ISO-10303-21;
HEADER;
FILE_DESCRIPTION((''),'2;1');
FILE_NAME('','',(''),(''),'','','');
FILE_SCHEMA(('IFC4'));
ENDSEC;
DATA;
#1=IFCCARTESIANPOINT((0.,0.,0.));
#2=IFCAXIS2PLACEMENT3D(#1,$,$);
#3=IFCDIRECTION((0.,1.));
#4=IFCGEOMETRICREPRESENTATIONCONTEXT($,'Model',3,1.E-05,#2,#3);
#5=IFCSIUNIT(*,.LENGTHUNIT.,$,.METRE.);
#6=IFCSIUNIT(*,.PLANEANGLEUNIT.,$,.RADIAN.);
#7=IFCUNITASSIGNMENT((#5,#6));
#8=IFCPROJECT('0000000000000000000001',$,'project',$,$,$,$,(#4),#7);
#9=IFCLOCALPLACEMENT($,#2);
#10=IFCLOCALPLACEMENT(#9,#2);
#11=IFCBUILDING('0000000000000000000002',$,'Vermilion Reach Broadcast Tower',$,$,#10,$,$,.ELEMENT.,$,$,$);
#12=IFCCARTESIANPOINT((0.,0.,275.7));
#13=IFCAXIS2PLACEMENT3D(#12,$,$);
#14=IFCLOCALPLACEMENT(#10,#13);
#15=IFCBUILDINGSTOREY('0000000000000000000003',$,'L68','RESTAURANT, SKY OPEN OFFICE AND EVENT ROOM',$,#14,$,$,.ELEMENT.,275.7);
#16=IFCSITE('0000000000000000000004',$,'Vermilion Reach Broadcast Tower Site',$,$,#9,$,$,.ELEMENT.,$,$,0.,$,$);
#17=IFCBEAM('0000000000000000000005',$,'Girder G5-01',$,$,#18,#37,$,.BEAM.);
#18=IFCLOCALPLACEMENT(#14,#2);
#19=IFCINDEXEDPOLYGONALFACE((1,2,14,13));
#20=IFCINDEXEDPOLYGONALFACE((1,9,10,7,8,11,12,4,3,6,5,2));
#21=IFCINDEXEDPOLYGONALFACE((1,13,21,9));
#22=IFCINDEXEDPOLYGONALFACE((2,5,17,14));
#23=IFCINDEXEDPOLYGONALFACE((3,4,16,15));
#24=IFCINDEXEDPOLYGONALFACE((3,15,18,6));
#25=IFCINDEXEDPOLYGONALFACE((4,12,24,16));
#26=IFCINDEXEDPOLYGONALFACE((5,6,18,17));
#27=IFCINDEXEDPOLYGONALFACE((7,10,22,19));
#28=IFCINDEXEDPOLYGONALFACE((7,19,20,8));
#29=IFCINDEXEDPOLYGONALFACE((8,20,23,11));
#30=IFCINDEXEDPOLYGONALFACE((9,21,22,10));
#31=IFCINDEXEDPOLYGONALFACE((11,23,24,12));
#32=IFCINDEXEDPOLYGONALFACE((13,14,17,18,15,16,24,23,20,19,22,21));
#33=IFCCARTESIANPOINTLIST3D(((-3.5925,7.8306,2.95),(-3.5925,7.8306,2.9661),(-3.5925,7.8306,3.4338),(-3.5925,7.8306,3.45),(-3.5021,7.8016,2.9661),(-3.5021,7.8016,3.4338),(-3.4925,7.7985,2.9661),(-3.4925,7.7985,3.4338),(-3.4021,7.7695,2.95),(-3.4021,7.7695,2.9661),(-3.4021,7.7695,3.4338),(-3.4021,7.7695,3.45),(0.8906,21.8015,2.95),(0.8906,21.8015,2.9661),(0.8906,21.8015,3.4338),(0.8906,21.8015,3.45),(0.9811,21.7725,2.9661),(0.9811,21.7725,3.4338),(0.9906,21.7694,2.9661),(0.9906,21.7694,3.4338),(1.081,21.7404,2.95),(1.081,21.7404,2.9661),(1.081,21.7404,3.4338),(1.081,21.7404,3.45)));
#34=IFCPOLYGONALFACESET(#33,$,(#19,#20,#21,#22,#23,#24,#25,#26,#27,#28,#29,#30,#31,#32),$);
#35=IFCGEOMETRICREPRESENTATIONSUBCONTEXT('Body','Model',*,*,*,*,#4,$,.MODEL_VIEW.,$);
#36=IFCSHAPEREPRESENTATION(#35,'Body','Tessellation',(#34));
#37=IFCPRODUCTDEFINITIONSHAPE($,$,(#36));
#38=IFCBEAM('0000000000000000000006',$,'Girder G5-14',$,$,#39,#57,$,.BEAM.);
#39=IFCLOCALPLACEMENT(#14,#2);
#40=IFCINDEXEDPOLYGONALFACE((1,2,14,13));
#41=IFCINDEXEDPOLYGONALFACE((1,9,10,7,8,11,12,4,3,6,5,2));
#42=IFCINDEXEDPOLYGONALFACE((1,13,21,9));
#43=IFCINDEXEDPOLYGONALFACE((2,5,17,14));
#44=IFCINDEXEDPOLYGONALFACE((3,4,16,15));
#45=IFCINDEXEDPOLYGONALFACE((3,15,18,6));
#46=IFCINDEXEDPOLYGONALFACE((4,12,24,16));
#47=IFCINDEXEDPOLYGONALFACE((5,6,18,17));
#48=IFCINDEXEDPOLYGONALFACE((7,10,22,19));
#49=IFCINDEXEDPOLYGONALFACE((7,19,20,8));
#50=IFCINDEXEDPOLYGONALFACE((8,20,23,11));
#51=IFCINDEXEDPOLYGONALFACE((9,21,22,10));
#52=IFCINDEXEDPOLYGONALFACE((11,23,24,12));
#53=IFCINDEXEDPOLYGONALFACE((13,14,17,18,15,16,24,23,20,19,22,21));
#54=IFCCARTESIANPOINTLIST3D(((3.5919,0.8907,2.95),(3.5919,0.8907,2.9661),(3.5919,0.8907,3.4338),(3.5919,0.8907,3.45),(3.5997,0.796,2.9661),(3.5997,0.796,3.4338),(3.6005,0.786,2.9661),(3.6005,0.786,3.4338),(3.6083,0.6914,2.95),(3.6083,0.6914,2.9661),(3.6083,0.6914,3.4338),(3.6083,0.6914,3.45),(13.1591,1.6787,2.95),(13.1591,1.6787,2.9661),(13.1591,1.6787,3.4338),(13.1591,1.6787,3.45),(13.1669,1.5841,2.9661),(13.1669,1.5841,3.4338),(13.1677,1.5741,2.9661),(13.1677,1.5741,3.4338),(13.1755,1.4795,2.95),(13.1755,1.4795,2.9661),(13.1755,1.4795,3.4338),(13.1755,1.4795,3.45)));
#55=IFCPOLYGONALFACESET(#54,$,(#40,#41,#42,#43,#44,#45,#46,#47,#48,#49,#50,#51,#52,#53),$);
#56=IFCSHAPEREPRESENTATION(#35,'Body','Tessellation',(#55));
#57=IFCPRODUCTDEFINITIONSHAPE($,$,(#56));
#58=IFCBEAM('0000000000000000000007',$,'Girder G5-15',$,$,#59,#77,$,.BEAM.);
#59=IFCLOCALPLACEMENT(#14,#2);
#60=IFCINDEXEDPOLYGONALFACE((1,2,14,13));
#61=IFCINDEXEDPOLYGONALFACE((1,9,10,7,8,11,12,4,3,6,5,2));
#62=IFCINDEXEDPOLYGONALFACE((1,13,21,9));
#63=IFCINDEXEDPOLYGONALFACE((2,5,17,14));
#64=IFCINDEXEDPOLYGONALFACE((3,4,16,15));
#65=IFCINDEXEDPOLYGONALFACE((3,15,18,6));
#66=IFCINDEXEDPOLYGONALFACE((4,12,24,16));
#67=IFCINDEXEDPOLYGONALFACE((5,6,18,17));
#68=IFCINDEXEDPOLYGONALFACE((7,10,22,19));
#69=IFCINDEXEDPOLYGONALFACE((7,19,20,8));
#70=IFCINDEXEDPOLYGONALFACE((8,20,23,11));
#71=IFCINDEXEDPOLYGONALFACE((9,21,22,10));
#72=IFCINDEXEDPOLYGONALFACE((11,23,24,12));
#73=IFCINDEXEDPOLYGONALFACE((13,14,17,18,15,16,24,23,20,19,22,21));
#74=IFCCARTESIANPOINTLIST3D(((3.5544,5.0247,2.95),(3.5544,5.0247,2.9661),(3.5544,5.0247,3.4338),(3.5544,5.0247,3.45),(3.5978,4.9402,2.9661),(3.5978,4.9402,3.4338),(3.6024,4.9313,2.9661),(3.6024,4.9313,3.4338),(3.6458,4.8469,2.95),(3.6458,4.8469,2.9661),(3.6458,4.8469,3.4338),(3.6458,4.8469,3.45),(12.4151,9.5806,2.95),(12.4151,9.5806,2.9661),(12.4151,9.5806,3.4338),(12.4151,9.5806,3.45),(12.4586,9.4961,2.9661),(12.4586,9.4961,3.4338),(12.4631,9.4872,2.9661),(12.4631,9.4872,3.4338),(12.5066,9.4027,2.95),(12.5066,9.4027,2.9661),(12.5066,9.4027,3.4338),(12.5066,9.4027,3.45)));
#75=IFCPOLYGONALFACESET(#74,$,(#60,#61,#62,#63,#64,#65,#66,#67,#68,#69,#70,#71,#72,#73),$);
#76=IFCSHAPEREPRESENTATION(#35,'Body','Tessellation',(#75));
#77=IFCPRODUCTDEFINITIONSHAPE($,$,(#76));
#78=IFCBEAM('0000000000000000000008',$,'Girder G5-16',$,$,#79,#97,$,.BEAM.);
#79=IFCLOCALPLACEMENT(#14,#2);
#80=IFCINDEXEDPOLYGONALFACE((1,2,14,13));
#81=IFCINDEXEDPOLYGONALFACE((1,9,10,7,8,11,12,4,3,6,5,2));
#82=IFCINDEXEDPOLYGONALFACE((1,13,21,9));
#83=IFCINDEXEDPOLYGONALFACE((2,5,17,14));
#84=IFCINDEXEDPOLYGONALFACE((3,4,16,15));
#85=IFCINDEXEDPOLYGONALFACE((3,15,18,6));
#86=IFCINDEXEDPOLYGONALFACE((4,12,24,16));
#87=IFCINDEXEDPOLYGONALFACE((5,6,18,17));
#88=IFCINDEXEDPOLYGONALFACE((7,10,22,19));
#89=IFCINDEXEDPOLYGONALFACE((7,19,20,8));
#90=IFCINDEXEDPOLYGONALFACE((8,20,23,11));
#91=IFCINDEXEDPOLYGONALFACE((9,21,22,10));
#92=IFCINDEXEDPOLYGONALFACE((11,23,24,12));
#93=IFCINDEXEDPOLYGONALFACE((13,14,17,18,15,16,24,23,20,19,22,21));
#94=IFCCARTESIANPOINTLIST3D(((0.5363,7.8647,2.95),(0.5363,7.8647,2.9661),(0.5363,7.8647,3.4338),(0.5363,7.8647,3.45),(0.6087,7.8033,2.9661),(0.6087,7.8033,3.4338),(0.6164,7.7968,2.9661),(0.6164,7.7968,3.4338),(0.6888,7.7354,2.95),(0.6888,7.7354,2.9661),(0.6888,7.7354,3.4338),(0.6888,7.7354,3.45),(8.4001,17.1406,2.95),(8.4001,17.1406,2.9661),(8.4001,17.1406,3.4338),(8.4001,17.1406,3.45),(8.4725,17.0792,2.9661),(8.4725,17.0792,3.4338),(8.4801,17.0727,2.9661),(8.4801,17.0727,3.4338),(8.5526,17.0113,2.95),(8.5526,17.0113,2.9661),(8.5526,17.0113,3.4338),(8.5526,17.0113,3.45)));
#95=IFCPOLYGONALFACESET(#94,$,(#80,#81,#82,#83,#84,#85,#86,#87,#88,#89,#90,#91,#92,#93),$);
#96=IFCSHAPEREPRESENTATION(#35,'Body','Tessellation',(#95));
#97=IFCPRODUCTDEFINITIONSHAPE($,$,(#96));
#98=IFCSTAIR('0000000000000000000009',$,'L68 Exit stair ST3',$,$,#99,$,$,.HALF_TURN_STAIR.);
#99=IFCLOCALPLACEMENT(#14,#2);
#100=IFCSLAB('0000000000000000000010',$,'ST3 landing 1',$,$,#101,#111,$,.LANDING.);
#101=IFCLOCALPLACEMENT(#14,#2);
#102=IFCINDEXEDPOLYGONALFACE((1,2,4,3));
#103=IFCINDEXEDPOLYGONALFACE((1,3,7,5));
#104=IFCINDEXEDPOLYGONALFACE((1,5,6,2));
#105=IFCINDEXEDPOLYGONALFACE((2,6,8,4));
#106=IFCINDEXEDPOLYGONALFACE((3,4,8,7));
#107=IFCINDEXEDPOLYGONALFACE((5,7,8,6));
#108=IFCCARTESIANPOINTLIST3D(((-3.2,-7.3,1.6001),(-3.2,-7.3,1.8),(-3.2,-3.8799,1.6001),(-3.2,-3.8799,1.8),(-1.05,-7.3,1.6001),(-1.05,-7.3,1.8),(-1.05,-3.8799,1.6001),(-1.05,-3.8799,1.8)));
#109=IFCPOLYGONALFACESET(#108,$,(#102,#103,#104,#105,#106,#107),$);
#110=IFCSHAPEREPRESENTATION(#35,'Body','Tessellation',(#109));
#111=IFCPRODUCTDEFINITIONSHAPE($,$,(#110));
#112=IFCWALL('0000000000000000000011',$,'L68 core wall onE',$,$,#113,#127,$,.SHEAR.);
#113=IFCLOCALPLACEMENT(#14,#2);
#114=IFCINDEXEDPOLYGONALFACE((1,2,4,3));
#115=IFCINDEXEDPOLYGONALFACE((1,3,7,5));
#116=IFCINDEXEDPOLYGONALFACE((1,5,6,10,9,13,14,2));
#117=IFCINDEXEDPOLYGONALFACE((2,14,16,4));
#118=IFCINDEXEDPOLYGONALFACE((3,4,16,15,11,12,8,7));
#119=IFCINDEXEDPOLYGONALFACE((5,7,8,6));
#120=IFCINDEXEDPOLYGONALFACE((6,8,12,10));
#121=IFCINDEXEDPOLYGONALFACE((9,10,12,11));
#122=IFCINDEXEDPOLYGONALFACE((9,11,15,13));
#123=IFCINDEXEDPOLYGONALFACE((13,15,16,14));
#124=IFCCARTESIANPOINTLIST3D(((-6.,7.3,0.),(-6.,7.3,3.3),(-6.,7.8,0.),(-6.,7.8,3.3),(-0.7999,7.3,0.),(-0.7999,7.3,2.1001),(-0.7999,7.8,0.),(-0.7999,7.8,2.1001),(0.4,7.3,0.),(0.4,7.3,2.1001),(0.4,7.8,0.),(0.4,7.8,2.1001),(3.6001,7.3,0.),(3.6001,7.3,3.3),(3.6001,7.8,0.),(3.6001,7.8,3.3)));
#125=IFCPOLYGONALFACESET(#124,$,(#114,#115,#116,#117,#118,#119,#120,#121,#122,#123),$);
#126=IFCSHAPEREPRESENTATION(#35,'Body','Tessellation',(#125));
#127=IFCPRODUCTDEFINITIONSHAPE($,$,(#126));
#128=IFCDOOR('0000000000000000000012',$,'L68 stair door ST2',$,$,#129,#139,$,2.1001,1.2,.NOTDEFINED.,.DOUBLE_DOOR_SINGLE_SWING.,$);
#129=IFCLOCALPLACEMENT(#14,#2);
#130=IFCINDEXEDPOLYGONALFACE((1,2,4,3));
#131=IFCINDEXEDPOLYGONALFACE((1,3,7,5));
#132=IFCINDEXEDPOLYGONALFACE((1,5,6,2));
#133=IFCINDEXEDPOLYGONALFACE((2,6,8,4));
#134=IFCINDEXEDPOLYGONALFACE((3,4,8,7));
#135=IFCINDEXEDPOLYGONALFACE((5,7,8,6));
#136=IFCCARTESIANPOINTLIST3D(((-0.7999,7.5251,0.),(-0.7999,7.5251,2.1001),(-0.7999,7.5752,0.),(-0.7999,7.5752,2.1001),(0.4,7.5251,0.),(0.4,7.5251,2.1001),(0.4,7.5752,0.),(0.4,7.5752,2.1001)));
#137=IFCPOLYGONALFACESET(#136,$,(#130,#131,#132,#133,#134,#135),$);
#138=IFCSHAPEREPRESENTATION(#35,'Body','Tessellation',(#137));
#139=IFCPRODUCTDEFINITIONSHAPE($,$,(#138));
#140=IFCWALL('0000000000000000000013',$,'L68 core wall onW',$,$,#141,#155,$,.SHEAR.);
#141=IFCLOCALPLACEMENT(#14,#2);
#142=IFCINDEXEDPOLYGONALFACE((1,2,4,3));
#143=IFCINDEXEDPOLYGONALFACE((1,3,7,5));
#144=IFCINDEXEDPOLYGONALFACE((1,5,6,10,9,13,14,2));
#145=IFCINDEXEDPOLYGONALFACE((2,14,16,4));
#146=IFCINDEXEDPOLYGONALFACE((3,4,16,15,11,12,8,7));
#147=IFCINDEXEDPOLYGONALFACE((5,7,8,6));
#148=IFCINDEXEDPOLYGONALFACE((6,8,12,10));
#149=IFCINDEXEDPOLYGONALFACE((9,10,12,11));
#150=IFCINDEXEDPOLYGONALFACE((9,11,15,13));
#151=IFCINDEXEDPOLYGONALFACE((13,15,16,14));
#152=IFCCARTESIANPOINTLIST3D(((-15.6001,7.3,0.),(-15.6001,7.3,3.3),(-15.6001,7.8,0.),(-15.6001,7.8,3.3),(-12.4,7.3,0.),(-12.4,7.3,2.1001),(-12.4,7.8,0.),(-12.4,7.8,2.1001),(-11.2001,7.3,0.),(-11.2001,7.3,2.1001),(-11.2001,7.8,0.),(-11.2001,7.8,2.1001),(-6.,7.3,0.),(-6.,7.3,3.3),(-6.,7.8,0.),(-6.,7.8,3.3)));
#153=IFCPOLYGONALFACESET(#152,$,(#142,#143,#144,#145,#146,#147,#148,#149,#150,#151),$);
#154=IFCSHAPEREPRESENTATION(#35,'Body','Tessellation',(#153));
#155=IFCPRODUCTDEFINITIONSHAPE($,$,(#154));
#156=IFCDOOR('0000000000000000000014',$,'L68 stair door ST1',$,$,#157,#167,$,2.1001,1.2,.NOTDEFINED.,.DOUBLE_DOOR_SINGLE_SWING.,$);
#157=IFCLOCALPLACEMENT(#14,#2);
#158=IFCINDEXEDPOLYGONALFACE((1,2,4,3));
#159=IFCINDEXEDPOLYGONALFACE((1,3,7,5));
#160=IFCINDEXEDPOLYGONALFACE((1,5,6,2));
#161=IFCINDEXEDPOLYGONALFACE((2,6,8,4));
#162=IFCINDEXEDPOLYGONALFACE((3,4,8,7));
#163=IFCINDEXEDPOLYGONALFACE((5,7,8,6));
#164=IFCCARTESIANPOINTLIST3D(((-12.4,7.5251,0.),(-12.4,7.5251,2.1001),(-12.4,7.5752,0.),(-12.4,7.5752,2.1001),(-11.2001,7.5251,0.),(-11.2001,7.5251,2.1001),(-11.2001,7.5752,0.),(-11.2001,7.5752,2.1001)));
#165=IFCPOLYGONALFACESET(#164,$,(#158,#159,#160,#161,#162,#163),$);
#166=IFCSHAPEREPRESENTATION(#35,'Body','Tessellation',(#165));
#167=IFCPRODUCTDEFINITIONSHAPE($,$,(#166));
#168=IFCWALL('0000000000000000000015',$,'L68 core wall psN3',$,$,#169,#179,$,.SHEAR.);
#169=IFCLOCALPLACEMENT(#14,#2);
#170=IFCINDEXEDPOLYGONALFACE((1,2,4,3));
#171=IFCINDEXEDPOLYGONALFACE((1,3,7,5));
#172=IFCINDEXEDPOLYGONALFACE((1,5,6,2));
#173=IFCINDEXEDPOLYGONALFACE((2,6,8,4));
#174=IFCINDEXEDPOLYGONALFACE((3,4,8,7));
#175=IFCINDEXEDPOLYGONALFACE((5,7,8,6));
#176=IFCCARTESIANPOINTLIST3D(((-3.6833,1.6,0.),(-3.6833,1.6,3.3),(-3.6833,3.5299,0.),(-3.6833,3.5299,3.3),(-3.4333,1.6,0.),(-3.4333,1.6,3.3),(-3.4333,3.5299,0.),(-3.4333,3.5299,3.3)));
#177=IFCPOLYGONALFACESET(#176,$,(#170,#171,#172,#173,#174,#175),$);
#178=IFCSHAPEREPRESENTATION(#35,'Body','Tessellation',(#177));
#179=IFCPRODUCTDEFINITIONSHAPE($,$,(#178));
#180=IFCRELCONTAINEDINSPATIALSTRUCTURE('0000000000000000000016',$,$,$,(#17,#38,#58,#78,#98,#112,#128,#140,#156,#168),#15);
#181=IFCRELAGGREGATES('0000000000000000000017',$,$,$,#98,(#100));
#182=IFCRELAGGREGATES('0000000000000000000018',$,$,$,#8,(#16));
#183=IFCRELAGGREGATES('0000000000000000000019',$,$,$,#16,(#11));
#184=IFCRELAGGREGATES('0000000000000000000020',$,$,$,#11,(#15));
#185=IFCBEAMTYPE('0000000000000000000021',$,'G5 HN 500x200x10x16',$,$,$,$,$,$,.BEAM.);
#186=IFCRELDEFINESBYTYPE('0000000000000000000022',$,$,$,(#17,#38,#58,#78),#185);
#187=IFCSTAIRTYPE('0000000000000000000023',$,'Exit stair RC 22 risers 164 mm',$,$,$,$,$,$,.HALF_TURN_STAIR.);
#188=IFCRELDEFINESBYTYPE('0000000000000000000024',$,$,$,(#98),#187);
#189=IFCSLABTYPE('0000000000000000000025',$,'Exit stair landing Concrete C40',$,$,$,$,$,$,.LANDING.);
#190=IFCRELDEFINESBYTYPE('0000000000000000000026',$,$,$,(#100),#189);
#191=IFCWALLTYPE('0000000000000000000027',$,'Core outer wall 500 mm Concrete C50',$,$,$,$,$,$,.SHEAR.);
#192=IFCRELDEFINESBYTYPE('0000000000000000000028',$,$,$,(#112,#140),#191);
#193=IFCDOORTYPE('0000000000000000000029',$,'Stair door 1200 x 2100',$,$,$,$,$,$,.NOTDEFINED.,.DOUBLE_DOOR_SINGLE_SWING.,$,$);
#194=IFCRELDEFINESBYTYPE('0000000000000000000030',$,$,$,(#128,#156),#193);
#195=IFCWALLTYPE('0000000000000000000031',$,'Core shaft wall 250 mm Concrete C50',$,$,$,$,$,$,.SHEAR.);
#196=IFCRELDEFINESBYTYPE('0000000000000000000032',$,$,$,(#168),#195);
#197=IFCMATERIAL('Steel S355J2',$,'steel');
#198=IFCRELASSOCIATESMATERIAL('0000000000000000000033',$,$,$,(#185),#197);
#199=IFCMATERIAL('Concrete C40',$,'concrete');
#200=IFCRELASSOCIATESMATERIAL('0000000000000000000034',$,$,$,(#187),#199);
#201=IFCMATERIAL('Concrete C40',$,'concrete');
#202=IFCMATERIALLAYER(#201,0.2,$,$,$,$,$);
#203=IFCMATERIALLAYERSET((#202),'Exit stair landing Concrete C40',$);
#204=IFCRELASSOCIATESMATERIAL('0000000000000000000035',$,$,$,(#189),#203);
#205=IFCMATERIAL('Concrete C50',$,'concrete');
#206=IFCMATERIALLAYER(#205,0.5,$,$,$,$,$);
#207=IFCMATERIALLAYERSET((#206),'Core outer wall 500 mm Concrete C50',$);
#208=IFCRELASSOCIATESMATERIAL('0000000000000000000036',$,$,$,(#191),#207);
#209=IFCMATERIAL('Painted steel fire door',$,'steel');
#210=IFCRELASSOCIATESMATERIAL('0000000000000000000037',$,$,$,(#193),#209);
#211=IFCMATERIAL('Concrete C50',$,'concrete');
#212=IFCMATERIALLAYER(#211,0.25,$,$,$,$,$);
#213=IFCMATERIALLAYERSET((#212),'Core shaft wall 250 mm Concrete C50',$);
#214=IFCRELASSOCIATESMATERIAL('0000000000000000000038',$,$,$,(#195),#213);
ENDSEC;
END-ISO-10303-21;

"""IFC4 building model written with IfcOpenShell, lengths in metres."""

from ifc_helpers import new_model, si_unit, direction, frame, frame_2d, origin, origin_2d, place, context, subcontext, project, spatial, polyline, rectangle, i_section, outline, extrude, material, layer, layer_set, material_profile, profile_set, type_object, element, fill, aggregate, save


model = new_model("IFC4")

# Units and contexts
model_context = context("Model", 3, precision=1e-05, world=origin(), true_north=direction((0.0, 1.0)))
body_context = subcontext(model_context, "Body", "Model", "MODEL_VIEW")
ifc_project = project(units=[si_unit("LENGTHUNIT", "METRE"), si_unit("PLANEANGLEUNIT", "RADIAN")], contexts=[model_context])

# Site, building, storey
site_placement = place(None, origin())
site = spatial("IfcSite", under=ifc_project, at=site_placement, Name="Vermilion Reach Broadcast Tower Site", CompositionType="ELEMENT", RefElevation=0.0)
building_placement = place(site_placement, origin())
building = spatial("IfcBuilding", under=site, at=building_placement, Name="Vermilion Reach Broadcast Tower", CompositionType="ELEMENT")
storey_placement = place(building_placement, frame((0.0, 0.0, 275.7)))
storey = spatial("IfcBuildingStorey", under=building, at=storey_placement, Name="L68", Description="RESTAURANT, SKY OPEN OFFICE AND EVENT ROOM", CompositionType="ELEMENT", Elevation=275.7)

# Beams
ifc_material_1 = material(Name="Steel S355J2", Category="steel")
ifc_material_profile = material_profile(ifc_material_1, i_section(OverallWidth=0.2, OverallDepth=0.5, WebThickness=0.01, FlangeThickness=0.0161, at=origin_2d()), Name="S355J2 HN 500x200x10x16")
ifc_profile_set = profile_set([ifc_material_profile], Name="Steel S355J2")
beam_type = type_object("IfcBeamType", Name="G5 HN 500x200x10x16", PredefinedType="BEAM", material=ifc_profile_set)
beam_1_placement = place(storey_placement, frame((-3.4973, 7.8, 3.2), z_axis=(0.305545, 0.952178, 0.0), x_axis=(-0.952178, 0.305545, 0.0)))
element("IfcBeam", 1, at=beam_1_placement, inside=storey, type_object=beam_type, Name="Girder G5-01", PredefinedType="BEAM", context=body_context, shape_type="SweptSolid", body=[
    extrude(i_section(OverallWidth=0.2, OverallDepth=0.5, WebThickness=0.01, FlangeThickness=0.0161, at=origin_2d()), origin(), (0.0, 0.0, 1.0), 14.6726),
])
beam_2_placement = place(storey_placement, frame((3.6001, 0.791, 3.2), z_axis=(0.996624, 0.082096, 0.0), x_axis=(-0.082096, 0.996624, 0.0)))
element("IfcBeam", 2, at=beam_2_placement, inside=storey, type_object=beam_type, Name="Girder G5-14", PredefinedType="BEAM", context=body_context, shape_type="SweptSolid", body=[
    extrude(i_section(OverallWidth=0.2, OverallDepth=0.5, WebThickness=0.01, FlangeThickness=0.0161, at=origin_2d()), origin(), (0.0, 0.0, 1.0), 9.5996),
])
beam_3_placement = place(storey_placement, frame((3.6001, 4.9358, 3.2), z_axis=(0.889333, 0.457261, 0.0), x_axis=(-0.457261, 0.889333, 0.0)))
element("IfcBeam", 3, at=beam_3_placement, inside=storey, type_object=beam_type, Name="Girder G5-15", PredefinedType="BEAM", context=body_context, shape_type="SweptSolid", body=[
    extrude(i_section(OverallWidth=0.2, OverallDepth=0.5, WebThickness=0.01, FlangeThickness=0.0161, at=origin_2d()), origin(), (0.0, 0.0, 1.0), 9.9634),
])
beam_4_placement = place(storey_placement, frame((0.6125, 7.8, 3.2), z_axis=(0.646658, 0.76278, 0.0), x_axis=(-0.76278, 0.646658, 0.0)))
element("IfcBeam", 4, at=beam_4_placement, inside=storey, type_object=beam_type, Name="Girder G5-16", PredefinedType="BEAM", context=body_context, shape_type="SweptSolid", body=[
    extrude(i_section(OverallWidth=0.2, OverallDepth=0.5, WebThickness=0.01, FlangeThickness=0.0161, at=origin_2d()), origin(), (0.0, 0.0, 1.0), 12.1606),
])

# Stair, slab
ifc_material_2 = material(Name="Concrete C40", Category="concrete")
stair_type = type_object("IfcStairType", Name="Exit stair RC 22 risers 164 mm", PredefinedType="HALF_TURN_STAIR", material=ifc_material_2)
placement = place(storey_placement, origin())
stair_1 = element("IfcStair", 5, at=placement, inside=storey, type_object=stair_type, Name="L68 Exit stair ST3", PredefinedType="HALF_TURN_STAIR")
ifc_material_3 = material(Name="Concrete C40", Category="concrete")
ifc_layer_1 = layer(ifc_material_3, 0.2)
ifc_layer_set_1 = layer_set([ifc_layer_1], Name="Exit stair landing Concrete C40")
slab_type = type_object("IfcSlabType", Name="Exit stair landing Concrete C40", PredefinedType="LANDING", material=ifc_layer_set_1)
slab_placement = place(storey_placement, frame((0.0, 0.0, 1.6001)))
slab = element("IfcSlab", 6, at=slab_placement, type_object=slab_type, Name="ST3 landing 1", PredefinedType="LANDING", context=body_context, shape_type="SweptSolid", body=[
    extrude(outline(polyline([(-3.2, -7.3), (-1.05, -7.3), (-1.05, -3.8799), (-3.2, -3.8799), (-3.2, -7.3)])), origin(), (0.0, 0.0, 1.0), 0.2),
])
aggregate(stair_1, [slab])

# Walls, openings, doors
ifc_material_4 = material(Name="Concrete C50", Category="concrete")
ifc_layer_2 = layer(ifc_material_4, 0.5)
ifc_layer_set_2 = layer_set([ifc_layer_2], Name="Core outer wall 500 mm Concrete C50")
wall_type_1 = type_object("IfcWallType", Name="Core outer wall 500 mm Concrete C50", PredefinedType="SHEAR", material=ifc_layer_set_2)
wall_1_placement = place(storey_placement, frame((3.6001, 7.55, 0.0), z_axis=(0.0, 0.0, 1.0), x_axis=(-1.0, 0.0, 0.0)))
wall_1 = element("IfcWall", 7, at=wall_1_placement, inside=storey, type_object=wall_type_1, Name="L68 core wall onE", PredefinedType="SHEAR", context=body_context, shape_type="SweptSolid", body=[
    extrude(rectangle(XDim=9.6001, YDim=0.5, at=frame_2d((4.8, 0.0))), origin(), (0.0, 0.0, 1.0), 3.3),
])
opening_1_placement = place(wall_1_placement, frame((3.2, 0.0, 0.0)))
opening_1 = element("IfcOpeningElement", 8, at=opening_1_placement, cuts=wall_1, PredefinedType="OPENING", context=body_context, shape_type="SweptSolid", body=[
    extrude(rectangle(XDim=1.2, YDim=2.1001, at=frame_2d((0.6001, 1.05))), frame((0.0, 0.26, 0.0), z_axis=(0.0, -1.0, 0.0), x_axis=(1.0, 0.0, 0.0)), (0.0, 0.0, 1.0), 0.52),
])
ifc_material_5 = material(Name="Painted steel fire door", Category="steel")
door_type = type_object("IfcDoorType", Name="Stair door 1200 x 2100", OperationType="DOUBLE_DOOR_SINGLE_SWING", PredefinedType="NOTDEFINED", material=ifc_material_5)
door_1_placement = place(opening_1_placement, origin())
door_1 = element("IfcDoor", 9, at=door_1_placement, inside=storey, type_object=door_type, Name="L68 stair door ST2", OperationType="DOUBLE_DOOR_SINGLE_SWING", OverallHeight=2.1001, OverallWidth=1.2, PredefinedType="NOTDEFINED", context=body_context, shape_type="SweptSolid", body=[
    extrude(rectangle(XDim=1.2, YDim=2.1001, at=frame_2d((0.6001, 1.05))), frame((0.0, 0.0249, 0.0), z_axis=(0.0, -1.0, 0.0), x_axis=(1.0, 0.0, 0.0)), (0.0, 0.0, 1.0), 0.05),
])
fill(opening_1, door_1)
wall_2_placement = place(storey_placement, frame((-6.0, 7.55, 0.0), z_axis=(0.0, 0.0, 1.0), x_axis=(-1.0, 0.0, 0.0)))
wall_2 = element("IfcWall", 10, at=wall_2_placement, inside=storey, type_object=wall_type_1, Name="L68 core wall onW", PredefinedType="SHEAR", context=body_context, shape_type="SweptSolid", body=[
    extrude(rectangle(XDim=9.6001, YDim=0.5, at=frame_2d((4.8, 0.0))), origin(), (0.0, 0.0, 1.0), 3.3),
])
opening_2_placement = place(wall_2_placement, frame((5.2, 0.0, 0.0)))
opening_2 = element("IfcOpeningElement", 11, at=opening_2_placement, cuts=wall_2, PredefinedType="OPENING", context=body_context, shape_type="SweptSolid", body=[
    extrude(rectangle(XDim=1.2, YDim=2.1001, at=frame_2d((0.6001, 1.05))), frame((0.0, 0.26, 0.0), z_axis=(0.0, -1.0, 0.0), x_axis=(1.0, 0.0, 0.0)), (0.0, 0.0, 1.0), 0.52),
])
door_2_placement = place(opening_2_placement, origin())
door_2 = element("IfcDoor", 12, at=door_2_placement, inside=storey, type_object=door_type, Name="L68 stair door ST1", OperationType="DOUBLE_DOOR_SINGLE_SWING", OverallHeight=2.1001, OverallWidth=1.2, PredefinedType="NOTDEFINED", context=body_context, shape_type="SweptSolid", body=[
    extrude(rectangle(XDim=1.2, YDim=2.1001, at=frame_2d((0.6001, 1.05))), frame((0.0, 0.0249, 0.0), z_axis=(0.0, -1.0, 0.0), x_axis=(1.0, 0.0, 0.0)), (0.0, 0.0, 1.0), 0.05),
])
fill(opening_2, door_2)

# Wall
ifc_material_6 = material(Name="Concrete C50", Category="concrete")
ifc_layer_3 = layer(ifc_material_6, 0.25)
ifc_layer_set_3 = layer_set([ifc_layer_3], Name="Core shaft wall 250 mm Concrete C50")
wall_type_2 = type_object("IfcWallType", Name="Core shaft wall 250 mm Concrete C50", PredefinedType="SHEAR", material=ifc_layer_set_3)
for number, where, z_axis, x_axis, name in (
    (13, (-3.5583, 1.6001, 0.0), (0.0, 0.0, 1.0), (0.0, 1.0, 0.0), "L68 core wall psN3"),
):
    element("IfcWall", number, at=place(storey_placement, frame(where, z_axis=z_axis, x_axis=x_axis)), inside=storey, type_object=wall_type_2, Name=name, PredefinedType="SHEAR", context=body_context, shape_type="SweptSolid", body=[
        extrude(rectangle(XDim=1.9299, YDim=0.25, at=frame_2d((0.9648, 0.0))), origin(), (0.0, 0.0, 1.0), 3.3),
    ])

save(model, "model.ifc")
